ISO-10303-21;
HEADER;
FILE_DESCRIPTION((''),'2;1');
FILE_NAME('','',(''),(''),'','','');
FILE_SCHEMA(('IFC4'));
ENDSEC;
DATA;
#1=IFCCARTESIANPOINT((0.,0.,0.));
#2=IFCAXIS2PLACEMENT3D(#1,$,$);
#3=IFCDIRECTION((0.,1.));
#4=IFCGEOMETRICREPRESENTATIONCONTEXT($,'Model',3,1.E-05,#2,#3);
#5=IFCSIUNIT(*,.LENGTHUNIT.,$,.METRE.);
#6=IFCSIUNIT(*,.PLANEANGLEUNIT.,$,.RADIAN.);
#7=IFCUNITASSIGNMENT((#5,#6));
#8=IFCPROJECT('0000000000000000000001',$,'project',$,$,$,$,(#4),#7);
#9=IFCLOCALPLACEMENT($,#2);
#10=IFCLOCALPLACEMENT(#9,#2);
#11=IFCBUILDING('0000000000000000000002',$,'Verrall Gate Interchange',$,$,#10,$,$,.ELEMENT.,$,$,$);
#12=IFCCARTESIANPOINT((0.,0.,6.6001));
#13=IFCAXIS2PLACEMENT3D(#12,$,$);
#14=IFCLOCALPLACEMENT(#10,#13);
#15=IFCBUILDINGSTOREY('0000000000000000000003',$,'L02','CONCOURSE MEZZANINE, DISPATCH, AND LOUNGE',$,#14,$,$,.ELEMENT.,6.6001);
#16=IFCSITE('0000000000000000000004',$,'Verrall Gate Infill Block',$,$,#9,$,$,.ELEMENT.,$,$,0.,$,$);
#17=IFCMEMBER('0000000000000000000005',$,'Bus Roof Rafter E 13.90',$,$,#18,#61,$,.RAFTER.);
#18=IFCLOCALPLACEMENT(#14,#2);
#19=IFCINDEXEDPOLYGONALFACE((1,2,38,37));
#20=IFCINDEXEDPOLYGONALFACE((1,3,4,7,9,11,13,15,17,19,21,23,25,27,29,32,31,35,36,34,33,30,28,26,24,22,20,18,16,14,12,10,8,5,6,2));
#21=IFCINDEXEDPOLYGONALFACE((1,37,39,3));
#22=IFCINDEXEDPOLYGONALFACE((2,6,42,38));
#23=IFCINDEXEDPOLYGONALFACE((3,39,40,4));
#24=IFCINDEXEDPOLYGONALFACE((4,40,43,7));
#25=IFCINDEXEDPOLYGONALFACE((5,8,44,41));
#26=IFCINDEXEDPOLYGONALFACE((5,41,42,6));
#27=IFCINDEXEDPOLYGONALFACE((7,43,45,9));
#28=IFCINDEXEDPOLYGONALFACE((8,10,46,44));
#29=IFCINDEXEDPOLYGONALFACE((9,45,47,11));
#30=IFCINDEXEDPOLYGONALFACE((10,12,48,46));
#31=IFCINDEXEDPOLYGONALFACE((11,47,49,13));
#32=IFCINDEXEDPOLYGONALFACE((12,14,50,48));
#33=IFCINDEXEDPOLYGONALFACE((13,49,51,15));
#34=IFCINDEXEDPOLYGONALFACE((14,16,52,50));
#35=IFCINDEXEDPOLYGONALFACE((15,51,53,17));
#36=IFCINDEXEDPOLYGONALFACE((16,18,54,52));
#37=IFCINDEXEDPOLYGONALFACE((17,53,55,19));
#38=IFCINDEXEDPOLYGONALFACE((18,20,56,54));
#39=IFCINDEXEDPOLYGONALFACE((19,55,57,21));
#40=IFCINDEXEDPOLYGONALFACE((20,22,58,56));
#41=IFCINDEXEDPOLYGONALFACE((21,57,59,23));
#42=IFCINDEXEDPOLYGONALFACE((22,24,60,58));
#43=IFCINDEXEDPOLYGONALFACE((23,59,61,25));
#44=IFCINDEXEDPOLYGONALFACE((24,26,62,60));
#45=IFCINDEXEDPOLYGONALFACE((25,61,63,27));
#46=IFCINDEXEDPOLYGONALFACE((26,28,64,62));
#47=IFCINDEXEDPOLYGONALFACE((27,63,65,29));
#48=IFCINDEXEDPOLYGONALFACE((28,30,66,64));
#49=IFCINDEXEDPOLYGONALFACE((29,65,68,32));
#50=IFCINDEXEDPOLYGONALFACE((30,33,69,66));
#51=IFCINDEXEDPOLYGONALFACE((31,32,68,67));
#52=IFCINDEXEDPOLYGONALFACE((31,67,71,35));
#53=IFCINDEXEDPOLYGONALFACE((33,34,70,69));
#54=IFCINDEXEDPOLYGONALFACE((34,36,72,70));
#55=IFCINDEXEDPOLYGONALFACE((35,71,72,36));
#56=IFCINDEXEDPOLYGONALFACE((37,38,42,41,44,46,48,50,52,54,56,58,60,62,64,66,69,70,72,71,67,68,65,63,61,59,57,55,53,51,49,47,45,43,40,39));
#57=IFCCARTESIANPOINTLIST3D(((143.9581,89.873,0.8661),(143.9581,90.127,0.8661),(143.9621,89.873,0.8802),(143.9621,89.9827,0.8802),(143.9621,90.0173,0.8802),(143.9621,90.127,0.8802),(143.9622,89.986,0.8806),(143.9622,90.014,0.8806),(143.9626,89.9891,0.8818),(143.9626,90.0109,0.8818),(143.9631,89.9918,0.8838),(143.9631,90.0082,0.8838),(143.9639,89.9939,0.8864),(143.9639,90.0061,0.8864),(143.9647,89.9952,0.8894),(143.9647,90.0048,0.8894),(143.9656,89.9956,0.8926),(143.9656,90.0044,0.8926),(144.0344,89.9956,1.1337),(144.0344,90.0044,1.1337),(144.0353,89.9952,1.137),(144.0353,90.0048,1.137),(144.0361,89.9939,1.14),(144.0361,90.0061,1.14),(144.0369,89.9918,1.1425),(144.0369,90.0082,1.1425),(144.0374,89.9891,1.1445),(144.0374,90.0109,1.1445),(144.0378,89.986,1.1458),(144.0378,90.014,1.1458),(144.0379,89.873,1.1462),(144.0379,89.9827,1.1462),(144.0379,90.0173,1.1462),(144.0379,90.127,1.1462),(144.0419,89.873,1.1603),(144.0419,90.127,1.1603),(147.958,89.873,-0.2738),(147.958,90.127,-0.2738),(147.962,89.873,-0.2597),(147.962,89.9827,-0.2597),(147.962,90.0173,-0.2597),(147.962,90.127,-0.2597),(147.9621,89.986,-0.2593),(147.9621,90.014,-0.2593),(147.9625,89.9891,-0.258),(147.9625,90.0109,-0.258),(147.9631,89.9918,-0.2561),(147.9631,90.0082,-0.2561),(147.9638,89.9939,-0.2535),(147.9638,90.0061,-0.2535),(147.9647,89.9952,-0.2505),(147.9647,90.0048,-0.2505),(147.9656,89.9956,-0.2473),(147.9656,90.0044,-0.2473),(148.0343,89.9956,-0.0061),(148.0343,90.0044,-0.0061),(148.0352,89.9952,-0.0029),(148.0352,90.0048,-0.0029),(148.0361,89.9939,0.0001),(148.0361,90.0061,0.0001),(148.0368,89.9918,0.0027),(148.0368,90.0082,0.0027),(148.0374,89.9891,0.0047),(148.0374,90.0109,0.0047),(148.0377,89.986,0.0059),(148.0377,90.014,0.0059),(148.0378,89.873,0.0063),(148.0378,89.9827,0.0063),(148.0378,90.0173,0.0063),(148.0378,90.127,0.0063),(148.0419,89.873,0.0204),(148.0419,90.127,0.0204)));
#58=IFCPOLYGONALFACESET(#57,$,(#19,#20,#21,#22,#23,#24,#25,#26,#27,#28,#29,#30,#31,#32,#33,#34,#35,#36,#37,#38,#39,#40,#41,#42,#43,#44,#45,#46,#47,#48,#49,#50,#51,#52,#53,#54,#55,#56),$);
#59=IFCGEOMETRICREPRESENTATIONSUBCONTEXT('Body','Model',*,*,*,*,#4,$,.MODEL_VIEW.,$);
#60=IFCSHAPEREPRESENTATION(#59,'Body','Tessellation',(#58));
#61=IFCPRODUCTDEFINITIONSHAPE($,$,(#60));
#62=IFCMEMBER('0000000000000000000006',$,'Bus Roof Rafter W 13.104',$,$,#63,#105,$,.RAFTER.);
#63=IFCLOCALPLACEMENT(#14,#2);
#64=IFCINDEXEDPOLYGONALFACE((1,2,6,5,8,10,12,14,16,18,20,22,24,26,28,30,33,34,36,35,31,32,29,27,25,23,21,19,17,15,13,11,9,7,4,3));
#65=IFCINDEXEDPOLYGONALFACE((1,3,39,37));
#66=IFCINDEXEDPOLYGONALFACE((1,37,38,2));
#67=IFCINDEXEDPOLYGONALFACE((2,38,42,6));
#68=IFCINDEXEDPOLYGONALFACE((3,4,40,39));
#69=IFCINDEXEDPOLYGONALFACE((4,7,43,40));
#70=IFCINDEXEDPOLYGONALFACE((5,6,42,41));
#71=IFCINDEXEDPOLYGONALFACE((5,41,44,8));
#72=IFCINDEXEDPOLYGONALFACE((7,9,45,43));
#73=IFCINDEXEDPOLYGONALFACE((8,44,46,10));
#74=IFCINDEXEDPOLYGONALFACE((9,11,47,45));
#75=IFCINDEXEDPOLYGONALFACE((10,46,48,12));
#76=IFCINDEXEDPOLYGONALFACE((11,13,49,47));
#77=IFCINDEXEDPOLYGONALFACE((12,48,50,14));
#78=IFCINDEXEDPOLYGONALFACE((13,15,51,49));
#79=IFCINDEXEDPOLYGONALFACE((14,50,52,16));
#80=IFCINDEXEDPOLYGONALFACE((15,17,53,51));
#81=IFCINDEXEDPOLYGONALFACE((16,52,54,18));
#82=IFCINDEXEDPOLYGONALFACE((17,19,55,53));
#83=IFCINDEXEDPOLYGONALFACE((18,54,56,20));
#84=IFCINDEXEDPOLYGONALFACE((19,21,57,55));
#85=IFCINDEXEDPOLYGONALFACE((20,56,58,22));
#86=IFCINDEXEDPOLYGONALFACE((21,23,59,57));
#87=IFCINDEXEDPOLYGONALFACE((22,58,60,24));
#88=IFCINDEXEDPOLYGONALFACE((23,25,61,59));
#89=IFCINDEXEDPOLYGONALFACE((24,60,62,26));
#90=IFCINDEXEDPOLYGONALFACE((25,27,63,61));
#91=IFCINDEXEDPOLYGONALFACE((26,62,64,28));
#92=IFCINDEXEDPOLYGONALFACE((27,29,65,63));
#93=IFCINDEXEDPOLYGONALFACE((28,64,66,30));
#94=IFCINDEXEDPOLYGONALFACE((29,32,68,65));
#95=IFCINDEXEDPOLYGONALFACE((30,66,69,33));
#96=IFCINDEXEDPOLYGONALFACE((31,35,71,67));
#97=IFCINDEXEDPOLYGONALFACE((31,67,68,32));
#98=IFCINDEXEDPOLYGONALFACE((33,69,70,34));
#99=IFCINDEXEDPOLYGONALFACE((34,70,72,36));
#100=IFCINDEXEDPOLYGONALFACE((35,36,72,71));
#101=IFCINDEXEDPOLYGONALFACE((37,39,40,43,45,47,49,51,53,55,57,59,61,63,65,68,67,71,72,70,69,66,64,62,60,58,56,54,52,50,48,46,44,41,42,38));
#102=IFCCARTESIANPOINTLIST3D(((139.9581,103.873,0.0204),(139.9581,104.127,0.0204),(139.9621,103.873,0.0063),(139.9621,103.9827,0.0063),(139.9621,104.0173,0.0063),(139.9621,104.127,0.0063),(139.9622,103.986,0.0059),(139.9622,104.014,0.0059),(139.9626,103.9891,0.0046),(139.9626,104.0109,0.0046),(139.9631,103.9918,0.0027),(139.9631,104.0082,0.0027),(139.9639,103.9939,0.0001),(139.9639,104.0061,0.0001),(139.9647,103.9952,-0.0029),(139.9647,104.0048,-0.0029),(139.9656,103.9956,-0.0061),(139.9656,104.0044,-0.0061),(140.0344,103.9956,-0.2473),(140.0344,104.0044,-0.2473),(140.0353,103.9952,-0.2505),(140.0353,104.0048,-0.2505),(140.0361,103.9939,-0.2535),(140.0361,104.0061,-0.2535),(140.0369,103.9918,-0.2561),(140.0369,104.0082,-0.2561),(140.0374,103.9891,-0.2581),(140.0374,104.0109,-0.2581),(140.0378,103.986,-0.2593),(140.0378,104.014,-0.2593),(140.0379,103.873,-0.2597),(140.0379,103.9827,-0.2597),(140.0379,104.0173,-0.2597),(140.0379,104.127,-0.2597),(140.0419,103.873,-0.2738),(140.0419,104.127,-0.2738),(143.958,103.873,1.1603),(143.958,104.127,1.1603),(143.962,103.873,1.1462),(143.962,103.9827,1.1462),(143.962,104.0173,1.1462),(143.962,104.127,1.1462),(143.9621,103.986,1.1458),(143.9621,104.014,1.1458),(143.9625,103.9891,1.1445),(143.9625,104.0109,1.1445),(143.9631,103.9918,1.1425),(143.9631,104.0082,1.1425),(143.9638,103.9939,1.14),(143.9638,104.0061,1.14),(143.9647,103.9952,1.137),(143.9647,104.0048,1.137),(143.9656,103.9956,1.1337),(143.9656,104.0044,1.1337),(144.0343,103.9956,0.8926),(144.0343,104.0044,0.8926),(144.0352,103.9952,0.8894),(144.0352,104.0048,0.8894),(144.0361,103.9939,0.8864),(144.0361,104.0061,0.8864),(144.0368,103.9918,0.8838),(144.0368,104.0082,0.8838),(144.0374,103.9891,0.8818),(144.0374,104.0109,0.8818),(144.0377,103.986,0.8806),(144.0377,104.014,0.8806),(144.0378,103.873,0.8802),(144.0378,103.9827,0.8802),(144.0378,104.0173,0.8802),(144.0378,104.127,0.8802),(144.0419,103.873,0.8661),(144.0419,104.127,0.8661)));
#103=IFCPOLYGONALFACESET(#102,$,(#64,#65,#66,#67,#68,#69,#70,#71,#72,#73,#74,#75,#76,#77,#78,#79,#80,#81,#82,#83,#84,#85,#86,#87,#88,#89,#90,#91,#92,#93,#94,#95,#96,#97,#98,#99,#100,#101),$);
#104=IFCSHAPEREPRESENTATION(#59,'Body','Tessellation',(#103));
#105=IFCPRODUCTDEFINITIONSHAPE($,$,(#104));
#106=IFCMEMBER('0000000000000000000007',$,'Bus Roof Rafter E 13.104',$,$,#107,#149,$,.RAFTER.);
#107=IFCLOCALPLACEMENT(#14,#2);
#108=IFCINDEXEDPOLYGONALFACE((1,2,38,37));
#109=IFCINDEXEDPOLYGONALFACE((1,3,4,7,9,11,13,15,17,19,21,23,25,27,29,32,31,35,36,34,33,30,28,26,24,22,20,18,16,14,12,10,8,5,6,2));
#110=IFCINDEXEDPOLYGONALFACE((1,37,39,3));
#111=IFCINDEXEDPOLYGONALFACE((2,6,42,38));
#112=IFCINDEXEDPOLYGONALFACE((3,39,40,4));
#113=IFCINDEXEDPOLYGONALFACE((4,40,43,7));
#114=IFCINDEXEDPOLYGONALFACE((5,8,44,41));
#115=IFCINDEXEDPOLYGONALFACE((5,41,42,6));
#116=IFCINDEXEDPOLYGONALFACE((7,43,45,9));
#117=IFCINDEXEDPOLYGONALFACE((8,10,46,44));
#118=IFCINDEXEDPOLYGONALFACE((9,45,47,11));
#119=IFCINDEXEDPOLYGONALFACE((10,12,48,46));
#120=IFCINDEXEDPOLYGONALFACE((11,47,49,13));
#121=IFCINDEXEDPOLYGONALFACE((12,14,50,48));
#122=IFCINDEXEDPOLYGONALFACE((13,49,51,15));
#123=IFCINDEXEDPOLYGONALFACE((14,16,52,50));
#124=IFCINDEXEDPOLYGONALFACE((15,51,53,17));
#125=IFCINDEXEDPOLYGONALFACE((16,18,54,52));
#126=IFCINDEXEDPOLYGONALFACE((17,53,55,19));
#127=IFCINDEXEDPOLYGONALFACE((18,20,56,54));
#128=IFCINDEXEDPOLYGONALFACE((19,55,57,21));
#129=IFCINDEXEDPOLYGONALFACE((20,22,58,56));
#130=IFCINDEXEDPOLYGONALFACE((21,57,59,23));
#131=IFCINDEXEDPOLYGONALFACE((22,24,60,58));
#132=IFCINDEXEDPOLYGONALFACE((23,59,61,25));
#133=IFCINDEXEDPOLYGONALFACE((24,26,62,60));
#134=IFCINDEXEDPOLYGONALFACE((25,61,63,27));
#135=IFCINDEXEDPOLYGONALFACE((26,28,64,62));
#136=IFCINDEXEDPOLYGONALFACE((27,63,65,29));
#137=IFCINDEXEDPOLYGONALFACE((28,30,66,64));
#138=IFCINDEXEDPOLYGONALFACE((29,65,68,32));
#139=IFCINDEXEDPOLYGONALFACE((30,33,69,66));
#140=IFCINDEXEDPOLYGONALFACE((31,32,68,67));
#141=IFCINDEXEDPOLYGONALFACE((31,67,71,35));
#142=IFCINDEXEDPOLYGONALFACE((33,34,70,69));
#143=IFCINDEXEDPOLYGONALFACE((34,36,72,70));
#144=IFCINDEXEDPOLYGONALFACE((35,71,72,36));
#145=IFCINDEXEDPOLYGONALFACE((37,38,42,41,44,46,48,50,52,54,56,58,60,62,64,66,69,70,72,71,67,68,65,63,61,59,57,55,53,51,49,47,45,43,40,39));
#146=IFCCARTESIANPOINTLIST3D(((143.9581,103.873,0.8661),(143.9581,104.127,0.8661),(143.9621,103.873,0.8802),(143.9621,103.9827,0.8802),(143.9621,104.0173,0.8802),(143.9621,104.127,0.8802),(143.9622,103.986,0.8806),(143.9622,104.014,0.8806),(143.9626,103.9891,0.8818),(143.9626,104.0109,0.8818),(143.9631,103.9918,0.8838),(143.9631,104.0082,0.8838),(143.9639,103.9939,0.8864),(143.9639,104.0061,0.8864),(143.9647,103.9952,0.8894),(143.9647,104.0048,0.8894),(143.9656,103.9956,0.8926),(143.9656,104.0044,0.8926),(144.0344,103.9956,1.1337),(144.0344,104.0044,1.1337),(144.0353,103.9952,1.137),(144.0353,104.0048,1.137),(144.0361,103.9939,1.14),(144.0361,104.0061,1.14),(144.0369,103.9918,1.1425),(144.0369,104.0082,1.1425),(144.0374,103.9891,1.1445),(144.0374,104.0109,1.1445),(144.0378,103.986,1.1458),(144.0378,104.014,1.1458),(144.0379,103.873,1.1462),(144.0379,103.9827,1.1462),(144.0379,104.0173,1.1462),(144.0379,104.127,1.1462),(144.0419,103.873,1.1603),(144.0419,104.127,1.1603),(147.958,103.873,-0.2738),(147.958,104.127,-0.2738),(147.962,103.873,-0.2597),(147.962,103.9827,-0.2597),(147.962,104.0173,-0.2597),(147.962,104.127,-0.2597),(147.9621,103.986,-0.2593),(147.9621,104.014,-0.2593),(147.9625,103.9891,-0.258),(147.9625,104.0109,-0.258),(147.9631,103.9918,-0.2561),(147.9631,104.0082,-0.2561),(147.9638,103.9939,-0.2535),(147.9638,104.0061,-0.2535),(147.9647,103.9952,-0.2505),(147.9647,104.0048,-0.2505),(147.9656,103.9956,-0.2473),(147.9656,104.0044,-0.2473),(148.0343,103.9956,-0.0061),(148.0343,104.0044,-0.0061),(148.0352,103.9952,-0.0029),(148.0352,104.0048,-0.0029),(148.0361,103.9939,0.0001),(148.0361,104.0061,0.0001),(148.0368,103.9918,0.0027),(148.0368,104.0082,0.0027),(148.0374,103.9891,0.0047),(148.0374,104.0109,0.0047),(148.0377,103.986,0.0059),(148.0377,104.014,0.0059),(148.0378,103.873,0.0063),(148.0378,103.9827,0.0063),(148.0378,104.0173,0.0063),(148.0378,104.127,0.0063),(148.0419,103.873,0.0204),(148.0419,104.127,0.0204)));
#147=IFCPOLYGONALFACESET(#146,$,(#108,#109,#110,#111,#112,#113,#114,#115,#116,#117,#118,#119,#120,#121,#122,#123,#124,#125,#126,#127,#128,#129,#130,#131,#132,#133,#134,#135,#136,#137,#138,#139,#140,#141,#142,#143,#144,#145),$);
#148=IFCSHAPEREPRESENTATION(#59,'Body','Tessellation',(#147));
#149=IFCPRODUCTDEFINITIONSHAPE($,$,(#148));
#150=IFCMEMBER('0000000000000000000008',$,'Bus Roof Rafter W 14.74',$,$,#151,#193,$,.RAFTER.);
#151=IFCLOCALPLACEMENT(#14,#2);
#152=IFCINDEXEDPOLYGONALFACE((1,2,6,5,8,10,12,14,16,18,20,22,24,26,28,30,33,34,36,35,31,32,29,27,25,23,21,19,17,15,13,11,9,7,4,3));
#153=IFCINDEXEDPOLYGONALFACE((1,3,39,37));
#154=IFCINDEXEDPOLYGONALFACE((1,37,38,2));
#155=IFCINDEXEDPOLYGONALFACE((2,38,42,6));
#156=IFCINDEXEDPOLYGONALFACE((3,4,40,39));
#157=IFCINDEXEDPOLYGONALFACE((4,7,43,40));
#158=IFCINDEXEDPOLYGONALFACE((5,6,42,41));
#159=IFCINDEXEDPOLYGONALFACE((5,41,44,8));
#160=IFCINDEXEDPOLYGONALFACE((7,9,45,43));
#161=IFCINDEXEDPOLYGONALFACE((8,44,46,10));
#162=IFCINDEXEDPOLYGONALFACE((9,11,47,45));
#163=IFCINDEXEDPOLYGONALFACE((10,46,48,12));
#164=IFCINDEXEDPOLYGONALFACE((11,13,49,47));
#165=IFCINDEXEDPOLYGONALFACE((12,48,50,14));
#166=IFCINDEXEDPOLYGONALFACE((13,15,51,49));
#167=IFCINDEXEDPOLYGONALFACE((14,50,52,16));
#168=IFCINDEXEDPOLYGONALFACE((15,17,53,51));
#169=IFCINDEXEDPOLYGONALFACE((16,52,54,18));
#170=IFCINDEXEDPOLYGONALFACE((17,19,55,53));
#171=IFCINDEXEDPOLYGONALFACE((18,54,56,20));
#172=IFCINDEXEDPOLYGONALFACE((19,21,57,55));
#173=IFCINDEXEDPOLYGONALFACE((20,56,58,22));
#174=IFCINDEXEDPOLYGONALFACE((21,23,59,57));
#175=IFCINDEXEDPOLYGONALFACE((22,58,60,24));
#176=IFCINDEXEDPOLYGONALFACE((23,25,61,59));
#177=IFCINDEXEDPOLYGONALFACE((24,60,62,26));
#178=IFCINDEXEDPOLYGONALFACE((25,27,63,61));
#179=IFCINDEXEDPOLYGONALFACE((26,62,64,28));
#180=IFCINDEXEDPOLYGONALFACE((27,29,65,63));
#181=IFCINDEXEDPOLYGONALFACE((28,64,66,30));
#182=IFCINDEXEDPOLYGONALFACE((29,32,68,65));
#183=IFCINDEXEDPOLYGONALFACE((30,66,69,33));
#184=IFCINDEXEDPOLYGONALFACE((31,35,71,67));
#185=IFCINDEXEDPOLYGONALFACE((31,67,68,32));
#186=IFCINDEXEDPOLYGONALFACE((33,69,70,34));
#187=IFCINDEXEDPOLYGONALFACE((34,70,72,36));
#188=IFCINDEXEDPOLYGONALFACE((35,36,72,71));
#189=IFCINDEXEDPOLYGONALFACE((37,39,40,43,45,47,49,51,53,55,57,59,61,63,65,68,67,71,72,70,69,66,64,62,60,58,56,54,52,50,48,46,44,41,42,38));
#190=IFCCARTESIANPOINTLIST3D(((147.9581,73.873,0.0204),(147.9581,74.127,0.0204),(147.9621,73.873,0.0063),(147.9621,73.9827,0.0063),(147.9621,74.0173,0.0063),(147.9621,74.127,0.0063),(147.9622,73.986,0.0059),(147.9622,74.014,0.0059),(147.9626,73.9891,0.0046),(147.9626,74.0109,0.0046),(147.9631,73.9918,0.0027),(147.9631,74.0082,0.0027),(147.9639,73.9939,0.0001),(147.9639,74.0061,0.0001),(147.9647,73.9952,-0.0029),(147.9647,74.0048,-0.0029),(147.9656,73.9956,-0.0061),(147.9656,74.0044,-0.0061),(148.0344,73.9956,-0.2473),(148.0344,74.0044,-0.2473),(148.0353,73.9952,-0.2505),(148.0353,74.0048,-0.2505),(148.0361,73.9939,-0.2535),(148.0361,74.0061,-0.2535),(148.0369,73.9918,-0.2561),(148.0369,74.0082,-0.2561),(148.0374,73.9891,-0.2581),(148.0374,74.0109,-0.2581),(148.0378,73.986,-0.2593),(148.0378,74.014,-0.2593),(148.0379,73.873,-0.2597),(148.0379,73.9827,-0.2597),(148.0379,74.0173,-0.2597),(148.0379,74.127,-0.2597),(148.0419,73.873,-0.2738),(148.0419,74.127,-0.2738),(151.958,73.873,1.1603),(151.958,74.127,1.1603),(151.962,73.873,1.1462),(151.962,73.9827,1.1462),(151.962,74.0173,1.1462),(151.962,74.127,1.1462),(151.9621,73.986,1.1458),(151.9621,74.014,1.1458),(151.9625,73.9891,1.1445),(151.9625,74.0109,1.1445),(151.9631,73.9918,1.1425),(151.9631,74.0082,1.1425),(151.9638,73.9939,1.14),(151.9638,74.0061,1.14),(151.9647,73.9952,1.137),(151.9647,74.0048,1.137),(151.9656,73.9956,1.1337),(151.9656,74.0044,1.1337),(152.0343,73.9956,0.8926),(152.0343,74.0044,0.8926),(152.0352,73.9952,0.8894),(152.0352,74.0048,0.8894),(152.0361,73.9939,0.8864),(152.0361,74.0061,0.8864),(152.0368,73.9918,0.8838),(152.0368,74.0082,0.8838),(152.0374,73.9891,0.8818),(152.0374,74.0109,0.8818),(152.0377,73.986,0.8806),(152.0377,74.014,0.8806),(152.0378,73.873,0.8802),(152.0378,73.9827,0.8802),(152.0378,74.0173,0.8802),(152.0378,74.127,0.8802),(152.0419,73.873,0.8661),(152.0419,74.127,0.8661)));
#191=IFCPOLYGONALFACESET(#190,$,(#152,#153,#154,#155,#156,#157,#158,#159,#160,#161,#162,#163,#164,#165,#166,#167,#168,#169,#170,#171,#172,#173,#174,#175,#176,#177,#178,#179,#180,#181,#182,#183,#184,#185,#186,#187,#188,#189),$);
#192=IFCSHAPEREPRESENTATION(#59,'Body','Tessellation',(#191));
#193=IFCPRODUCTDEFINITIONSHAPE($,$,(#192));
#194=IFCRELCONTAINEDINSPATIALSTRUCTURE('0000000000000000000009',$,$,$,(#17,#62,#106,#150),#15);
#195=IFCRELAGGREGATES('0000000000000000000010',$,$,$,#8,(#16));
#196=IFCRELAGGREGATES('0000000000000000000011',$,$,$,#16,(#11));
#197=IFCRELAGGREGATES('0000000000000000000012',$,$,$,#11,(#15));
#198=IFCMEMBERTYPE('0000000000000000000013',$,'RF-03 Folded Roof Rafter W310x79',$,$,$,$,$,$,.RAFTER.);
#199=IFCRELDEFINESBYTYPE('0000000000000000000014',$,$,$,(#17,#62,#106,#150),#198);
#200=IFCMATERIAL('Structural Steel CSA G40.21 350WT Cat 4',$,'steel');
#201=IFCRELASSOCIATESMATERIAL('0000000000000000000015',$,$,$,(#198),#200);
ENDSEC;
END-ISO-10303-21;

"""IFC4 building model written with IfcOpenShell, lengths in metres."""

from ifc_helpers import new_model, si_unit, direction, frame, origin, origin_2d, place, context, subcontext, project, spatial, i_section, extrude, material, material_profile, profile_set, type_object, element, save


model = new_model("IFC4")

# Units and contexts
model_context = context("Model", 3, precision=1e-05, world=origin(), true_north=direction((0.0, 1.0)))
body_context = subcontext(model_context, "Body", "Model", "MODEL_VIEW")
ifc_project = project(units=[si_unit("LENGTHUNIT", "METRE"), si_unit("PLANEANGLEUNIT", "RADIAN")], contexts=[model_context])

# Site, building, storey
site_placement = place(None, origin())
site = spatial("IfcSite", under=ifc_project, at=site_placement, Name="Verrall Gate Infill Block", CompositionType="ELEMENT", RefElevation=0.0)
building_placement = place(site_placement, origin())
building = spatial("IfcBuilding", under=site, at=building_placement, Name="Verrall Gate Interchange", CompositionType="ELEMENT")
storey_placement = place(building_placement, frame((0.0, 0.0, 6.6001)))
storey = spatial("IfcBuildingStorey", under=building, at=storey_placement, Name="L02", Description="CONCOURSE MEZZANINE, DISPATCH, AND LOUNGE", CompositionType="ELEMENT", Elevation=6.6001)

# Members
ifc_material_1 = material(Name="Structural Steel CSA G40.21 350WT Cat 4", Category="steel")
ifc_material_profile_1 = material_profile(ifc_material_1, i_section(OverallWidth=0.2539, OverallDepth=0.3059, WebThickness=0.0088, FlangeThickness=0.0146, FilletRadius=0.0129, at=origin_2d()), Name="W310x79")
ifc_profile_set_1 = profile_set([ifc_material_profile_1], Name="Structural Steel CSA G40.21 350WT Cat 4")
member_type_1 = type_object("IfcMemberType", Name="RF-03 Folded Roof Rafter W310x79", PredefinedType="RAFTER", material=ifc_profile_set_1)
for number, where, z_axis, x_axis, name in (
    (1, (144.0, 90.0, 1.0132), (0.961712, 0.0, -0.274062), (0.0, 1.0, 0.0), "Bus Roof Rafter E 13.90"),
    (2, (140.0, 104.0, -0.1267), (0.961712, 0.0, 0.274062), (0.0, 1.0, 0.0), "Bus Roof Rafter W 13.104"),
    (3, (144.0, 104.0, 1.0132), (0.961712, 0.0, -0.274062), (0.0, 1.0, 0.0), "Bus Roof Rafter E 13.104"),
    (4, (148.0, 74.0, -0.1267), (0.961712, 0.0, 0.274062), (0.0, 1.0, 0.0), "Bus Roof Rafter W 14.74"),
):
    element("IfcMember", number, at=place(storey_placement, frame(where, z_axis=z_axis, x_axis=x_axis)), inside=storey, type_object=member_type_1, Name=name, PredefinedType="RAFTER", context=body_context, shape_type="SweptSolid", body=[
        extrude(i_section(OverallWidth=0.2539, OverallDepth=0.3059, WebThickness=0.0088, FlangeThickness=0.0146, FilletRadius=0.0129, at=origin_2d()), origin(), (0.0, 0.0, 1.0), 4.1592),
    ])

save(model, "model.ifc")
